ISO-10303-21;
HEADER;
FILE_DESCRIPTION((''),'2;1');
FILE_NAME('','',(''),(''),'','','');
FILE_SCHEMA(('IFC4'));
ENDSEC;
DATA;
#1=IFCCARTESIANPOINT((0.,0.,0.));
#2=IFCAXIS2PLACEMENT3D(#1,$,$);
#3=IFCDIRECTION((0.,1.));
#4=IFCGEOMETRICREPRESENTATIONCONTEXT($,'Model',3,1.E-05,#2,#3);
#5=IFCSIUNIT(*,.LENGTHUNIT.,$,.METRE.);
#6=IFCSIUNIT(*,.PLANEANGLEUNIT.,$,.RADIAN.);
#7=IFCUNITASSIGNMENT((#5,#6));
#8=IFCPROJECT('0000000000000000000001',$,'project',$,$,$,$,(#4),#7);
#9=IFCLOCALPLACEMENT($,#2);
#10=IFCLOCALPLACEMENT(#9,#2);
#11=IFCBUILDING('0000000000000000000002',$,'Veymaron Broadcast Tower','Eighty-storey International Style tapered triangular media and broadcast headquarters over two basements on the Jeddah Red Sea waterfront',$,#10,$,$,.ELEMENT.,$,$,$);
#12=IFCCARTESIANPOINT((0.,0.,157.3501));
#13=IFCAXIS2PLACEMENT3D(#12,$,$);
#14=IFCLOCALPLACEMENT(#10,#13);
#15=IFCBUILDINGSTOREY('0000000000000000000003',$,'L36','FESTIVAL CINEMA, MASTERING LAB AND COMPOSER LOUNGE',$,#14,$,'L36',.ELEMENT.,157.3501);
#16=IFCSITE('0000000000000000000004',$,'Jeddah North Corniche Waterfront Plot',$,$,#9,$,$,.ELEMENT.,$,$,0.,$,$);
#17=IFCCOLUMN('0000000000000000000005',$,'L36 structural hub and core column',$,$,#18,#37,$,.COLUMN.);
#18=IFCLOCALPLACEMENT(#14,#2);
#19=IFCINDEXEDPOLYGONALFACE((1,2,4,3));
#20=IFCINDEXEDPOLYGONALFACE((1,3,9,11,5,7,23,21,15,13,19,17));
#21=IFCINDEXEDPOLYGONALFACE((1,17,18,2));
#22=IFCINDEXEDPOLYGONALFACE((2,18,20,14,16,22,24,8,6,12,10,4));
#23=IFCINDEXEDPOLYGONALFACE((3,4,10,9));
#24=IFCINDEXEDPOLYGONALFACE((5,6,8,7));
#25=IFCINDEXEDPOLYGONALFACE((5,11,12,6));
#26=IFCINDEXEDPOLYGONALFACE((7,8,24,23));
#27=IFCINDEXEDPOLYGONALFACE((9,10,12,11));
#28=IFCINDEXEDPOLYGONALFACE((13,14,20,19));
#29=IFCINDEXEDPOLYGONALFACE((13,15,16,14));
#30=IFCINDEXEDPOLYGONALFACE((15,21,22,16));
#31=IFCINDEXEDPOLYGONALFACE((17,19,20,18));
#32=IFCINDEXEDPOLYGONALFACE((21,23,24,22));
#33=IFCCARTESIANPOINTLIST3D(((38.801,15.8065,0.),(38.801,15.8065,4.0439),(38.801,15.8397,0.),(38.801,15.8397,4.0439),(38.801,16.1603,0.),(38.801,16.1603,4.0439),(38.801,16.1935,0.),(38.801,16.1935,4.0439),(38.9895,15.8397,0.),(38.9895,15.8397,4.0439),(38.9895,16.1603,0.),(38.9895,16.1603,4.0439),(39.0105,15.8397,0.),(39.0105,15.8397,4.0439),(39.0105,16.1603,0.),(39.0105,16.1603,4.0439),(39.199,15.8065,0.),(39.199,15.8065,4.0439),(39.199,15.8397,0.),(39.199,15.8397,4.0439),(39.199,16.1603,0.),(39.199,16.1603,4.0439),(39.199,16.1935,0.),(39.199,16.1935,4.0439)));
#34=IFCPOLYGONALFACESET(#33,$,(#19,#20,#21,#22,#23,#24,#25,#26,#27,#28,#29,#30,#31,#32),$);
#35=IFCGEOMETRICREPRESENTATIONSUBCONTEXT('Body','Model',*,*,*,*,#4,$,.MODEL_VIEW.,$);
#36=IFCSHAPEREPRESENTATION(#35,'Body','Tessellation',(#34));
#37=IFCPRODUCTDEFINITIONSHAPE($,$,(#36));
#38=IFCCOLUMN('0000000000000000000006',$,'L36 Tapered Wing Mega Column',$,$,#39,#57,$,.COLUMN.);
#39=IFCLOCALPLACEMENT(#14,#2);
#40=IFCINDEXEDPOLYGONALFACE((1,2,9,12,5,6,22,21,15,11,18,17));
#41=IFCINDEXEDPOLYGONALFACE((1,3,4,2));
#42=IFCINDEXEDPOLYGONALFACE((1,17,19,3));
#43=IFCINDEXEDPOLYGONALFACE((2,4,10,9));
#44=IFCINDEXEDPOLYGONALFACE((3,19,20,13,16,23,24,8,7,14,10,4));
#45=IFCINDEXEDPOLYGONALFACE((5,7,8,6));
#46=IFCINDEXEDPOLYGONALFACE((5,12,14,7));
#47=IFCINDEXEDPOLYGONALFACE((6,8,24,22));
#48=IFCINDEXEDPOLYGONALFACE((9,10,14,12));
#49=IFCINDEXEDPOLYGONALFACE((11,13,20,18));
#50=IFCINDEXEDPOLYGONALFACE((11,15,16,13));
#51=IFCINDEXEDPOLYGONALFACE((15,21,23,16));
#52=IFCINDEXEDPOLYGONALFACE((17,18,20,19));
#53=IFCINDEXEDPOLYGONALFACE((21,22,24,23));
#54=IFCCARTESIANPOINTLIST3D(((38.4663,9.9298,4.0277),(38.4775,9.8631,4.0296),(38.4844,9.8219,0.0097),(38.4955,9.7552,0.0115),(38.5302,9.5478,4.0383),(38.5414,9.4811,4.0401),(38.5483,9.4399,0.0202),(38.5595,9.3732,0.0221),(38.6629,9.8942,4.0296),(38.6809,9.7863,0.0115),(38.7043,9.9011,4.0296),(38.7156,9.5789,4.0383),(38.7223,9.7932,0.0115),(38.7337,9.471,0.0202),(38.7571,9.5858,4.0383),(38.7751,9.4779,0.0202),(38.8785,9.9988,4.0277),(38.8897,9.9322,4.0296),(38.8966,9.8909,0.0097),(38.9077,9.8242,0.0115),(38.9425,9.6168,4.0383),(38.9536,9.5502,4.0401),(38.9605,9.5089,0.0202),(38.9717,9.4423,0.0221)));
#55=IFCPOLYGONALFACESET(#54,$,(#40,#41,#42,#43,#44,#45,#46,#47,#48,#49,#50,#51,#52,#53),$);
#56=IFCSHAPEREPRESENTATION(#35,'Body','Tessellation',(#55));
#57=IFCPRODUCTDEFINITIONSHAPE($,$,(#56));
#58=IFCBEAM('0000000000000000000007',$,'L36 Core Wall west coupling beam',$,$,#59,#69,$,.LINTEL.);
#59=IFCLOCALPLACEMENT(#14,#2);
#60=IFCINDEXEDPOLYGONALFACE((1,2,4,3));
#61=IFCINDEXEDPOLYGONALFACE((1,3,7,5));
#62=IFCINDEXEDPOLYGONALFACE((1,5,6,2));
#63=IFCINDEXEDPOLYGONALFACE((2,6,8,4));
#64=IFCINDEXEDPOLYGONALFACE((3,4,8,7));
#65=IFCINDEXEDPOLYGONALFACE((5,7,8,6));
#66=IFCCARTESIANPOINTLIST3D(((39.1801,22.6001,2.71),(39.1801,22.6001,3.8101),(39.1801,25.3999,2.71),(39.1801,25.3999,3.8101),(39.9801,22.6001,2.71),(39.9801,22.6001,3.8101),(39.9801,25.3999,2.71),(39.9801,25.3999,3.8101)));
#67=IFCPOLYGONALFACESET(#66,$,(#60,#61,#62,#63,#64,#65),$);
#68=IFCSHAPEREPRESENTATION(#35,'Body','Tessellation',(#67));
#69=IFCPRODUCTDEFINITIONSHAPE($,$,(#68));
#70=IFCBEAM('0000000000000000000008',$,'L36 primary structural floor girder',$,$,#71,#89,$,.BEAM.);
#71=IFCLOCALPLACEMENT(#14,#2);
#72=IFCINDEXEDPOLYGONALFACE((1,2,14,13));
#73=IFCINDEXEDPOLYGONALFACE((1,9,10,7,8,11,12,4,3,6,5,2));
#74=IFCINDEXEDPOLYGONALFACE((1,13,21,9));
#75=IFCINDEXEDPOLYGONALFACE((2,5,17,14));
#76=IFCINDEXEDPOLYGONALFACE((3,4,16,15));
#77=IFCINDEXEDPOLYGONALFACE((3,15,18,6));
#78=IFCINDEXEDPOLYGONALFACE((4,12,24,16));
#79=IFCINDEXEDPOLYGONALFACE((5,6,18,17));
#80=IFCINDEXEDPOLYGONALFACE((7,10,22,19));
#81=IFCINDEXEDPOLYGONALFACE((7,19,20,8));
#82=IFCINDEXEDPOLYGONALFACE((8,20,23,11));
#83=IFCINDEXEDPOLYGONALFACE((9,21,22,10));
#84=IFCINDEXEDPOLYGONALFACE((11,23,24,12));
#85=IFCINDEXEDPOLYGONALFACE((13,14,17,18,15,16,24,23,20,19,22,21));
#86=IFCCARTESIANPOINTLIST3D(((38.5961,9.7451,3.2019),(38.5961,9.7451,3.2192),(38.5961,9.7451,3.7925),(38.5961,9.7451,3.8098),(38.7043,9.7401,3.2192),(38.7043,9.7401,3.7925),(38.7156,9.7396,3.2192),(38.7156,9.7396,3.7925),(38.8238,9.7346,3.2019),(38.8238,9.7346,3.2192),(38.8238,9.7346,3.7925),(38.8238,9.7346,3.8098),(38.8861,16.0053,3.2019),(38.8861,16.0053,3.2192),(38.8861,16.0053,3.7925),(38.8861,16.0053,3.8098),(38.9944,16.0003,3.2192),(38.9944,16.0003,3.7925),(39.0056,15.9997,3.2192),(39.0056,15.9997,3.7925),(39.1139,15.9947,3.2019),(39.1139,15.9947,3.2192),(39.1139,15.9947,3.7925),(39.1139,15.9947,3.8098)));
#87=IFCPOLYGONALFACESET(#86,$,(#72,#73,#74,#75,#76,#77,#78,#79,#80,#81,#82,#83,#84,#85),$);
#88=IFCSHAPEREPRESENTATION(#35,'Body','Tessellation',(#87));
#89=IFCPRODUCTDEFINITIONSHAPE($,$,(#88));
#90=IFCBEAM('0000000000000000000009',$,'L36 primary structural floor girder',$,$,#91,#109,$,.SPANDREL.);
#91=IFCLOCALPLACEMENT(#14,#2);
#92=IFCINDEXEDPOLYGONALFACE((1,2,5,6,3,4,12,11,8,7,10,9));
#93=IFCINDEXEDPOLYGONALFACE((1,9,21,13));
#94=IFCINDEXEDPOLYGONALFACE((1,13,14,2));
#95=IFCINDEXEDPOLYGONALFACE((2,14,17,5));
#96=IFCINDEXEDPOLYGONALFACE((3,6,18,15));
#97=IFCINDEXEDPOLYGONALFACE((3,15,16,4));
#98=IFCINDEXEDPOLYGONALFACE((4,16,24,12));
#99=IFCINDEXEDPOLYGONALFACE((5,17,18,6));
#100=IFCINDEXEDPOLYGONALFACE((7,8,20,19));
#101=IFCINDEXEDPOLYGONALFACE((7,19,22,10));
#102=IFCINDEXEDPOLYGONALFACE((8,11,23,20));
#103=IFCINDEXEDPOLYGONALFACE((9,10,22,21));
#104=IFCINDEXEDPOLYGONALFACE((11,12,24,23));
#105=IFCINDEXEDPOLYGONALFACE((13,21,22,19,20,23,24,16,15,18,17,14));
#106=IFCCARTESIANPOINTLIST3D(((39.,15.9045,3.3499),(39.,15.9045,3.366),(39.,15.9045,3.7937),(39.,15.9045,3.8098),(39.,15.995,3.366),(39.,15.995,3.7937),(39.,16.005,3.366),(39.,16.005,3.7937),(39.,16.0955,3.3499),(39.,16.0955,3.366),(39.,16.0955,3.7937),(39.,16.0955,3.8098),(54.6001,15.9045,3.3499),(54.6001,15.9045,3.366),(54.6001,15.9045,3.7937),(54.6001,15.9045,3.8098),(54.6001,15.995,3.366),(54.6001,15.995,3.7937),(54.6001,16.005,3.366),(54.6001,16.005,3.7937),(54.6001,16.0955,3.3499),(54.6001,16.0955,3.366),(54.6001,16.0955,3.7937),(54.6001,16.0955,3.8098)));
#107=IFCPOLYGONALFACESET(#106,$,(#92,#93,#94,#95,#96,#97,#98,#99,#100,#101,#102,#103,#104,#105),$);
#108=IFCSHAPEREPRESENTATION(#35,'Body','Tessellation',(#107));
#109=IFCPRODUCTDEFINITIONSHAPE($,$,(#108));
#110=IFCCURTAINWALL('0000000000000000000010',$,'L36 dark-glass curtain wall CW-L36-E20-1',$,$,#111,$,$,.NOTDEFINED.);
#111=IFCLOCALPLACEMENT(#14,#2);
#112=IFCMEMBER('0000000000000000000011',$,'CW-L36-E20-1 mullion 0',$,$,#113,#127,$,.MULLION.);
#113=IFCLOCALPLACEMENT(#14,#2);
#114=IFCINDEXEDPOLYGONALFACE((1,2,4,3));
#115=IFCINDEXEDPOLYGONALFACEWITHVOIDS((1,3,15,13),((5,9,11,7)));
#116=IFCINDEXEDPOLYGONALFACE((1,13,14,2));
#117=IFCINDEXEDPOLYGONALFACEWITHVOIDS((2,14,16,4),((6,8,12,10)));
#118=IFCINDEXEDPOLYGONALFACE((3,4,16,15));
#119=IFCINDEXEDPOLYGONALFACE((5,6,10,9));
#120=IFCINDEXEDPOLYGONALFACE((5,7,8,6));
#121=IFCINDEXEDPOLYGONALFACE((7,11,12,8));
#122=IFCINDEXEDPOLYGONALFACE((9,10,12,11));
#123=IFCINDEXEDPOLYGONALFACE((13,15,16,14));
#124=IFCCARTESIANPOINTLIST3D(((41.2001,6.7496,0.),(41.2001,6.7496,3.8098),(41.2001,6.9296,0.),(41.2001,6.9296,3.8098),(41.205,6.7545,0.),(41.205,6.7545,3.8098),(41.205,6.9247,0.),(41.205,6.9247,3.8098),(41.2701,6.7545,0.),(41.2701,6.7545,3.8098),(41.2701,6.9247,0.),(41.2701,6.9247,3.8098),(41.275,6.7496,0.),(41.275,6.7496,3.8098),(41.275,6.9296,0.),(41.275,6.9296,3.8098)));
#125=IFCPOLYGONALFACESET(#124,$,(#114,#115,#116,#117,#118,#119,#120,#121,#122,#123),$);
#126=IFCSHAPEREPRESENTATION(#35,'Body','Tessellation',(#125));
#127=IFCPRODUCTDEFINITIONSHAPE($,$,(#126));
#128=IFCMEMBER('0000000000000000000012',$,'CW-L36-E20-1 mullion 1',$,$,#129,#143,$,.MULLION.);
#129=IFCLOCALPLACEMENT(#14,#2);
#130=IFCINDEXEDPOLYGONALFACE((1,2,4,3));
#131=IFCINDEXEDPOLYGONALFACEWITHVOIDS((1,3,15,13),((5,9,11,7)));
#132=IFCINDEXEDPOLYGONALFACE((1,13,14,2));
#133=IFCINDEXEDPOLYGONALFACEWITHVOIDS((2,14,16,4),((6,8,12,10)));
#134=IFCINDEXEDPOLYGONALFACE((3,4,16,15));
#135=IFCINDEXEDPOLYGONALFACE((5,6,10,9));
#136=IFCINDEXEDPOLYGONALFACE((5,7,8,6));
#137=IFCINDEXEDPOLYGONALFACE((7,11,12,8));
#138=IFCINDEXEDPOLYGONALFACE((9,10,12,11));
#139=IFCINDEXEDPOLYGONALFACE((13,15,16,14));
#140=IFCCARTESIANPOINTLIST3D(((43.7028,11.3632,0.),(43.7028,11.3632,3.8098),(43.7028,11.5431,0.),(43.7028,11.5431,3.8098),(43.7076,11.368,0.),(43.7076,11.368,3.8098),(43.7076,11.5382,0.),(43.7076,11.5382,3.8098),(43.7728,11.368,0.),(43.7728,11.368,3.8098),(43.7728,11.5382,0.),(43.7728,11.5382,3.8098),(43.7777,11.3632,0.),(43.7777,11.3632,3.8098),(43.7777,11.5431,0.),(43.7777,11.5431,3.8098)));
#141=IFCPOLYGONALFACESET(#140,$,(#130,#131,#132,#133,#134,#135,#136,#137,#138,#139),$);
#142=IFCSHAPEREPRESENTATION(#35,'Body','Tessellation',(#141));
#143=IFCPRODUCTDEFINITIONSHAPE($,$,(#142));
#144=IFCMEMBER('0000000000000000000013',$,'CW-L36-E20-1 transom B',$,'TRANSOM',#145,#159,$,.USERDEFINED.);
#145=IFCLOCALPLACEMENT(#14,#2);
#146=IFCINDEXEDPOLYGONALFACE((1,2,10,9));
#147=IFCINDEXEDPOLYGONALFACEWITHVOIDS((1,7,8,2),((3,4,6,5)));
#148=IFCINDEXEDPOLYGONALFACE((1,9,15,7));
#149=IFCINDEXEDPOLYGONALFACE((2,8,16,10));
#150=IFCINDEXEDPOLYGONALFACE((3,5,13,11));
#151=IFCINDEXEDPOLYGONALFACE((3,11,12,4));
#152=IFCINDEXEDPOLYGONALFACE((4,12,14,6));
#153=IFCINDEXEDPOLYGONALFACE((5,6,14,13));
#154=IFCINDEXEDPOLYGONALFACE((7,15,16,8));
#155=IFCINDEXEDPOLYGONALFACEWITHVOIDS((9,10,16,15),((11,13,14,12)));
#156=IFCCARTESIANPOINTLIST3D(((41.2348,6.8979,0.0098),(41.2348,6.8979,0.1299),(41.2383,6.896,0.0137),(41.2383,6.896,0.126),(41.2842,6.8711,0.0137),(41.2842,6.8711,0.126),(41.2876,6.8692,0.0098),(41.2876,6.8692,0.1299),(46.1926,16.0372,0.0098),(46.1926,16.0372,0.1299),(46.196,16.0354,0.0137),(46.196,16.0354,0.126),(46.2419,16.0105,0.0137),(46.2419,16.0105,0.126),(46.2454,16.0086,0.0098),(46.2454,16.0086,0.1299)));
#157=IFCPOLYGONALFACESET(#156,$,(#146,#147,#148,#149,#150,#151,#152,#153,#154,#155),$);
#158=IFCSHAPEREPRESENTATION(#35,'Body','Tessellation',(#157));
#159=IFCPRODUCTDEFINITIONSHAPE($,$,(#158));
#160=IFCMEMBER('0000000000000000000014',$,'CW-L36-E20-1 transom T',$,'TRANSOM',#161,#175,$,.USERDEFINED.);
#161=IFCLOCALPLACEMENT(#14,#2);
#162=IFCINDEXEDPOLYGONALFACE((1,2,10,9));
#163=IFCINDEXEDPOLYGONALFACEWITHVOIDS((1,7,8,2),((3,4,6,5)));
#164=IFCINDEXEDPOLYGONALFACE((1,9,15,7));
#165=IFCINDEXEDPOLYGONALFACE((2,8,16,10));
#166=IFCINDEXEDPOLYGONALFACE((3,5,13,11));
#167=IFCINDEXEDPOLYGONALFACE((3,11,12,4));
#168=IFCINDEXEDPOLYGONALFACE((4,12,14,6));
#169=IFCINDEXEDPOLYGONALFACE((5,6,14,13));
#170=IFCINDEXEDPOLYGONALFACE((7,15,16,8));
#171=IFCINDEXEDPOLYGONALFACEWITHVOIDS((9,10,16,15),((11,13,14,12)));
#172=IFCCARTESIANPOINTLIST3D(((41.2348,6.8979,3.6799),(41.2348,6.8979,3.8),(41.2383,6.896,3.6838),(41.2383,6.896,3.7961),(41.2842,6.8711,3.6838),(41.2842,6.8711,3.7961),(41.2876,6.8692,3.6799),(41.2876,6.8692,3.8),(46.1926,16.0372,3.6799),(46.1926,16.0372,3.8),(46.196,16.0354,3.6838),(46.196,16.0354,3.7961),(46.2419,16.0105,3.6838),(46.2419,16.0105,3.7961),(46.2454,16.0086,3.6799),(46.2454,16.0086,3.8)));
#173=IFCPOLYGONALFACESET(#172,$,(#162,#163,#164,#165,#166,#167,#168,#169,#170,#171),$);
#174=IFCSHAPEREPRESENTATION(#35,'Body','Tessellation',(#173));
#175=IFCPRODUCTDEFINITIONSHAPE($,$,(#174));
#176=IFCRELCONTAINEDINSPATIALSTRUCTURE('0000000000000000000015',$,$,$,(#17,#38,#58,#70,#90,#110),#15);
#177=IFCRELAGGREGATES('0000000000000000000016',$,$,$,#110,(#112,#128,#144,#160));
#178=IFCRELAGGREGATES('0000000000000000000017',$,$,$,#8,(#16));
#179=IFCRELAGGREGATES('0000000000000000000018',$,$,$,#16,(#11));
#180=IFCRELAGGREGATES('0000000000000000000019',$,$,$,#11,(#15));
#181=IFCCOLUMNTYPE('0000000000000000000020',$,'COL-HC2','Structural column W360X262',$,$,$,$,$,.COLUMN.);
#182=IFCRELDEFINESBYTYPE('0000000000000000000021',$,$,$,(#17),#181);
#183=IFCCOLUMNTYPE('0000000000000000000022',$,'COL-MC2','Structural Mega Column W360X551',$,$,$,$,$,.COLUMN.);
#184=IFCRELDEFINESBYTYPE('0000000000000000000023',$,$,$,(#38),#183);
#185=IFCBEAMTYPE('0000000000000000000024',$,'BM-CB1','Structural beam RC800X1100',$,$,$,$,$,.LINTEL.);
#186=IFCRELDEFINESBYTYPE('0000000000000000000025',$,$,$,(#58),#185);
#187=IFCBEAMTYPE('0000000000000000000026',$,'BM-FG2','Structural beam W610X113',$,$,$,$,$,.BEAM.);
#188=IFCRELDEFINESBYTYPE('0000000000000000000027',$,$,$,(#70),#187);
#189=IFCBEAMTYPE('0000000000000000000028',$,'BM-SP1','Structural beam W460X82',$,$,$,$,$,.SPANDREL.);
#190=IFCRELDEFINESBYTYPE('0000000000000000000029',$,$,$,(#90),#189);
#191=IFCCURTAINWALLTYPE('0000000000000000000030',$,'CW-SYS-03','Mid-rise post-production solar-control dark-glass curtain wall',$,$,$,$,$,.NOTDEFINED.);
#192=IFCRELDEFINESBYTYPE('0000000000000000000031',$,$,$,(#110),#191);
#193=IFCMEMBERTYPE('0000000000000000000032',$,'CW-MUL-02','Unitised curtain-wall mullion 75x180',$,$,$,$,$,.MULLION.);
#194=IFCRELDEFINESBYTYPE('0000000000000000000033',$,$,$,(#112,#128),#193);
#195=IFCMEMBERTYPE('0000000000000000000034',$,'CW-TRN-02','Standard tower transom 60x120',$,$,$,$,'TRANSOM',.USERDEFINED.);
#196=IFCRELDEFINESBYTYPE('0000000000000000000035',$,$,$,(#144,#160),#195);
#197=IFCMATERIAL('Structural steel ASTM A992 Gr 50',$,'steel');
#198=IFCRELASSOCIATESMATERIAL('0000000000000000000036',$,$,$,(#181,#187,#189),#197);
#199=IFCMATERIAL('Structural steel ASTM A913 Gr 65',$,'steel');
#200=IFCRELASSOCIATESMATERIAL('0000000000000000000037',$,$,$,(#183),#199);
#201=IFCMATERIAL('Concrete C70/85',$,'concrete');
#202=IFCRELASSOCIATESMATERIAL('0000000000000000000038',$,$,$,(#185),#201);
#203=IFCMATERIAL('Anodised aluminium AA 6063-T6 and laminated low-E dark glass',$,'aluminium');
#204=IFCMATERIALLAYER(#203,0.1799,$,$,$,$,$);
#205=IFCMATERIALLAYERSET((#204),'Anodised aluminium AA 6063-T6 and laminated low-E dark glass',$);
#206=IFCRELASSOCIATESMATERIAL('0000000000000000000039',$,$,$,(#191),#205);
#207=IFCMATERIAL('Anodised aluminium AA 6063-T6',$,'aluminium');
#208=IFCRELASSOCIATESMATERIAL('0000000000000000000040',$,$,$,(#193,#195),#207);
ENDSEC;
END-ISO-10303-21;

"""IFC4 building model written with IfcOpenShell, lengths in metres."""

from ifc_helpers import new_model, si_unit, direction, frame, origin, origin_2d, place, context, subcontext, project, spatial, rectangle, hollow_rectangle, i_section, extrude, material, layer, layer_set, material_profile, profile_set, type_object, element, aggregate, save


model = new_model("IFC4")

# Units and contexts
model_context = context("Model", 3, precision=1e-05, world=origin(), true_north=direction((0.0, 1.0)))
body_context = subcontext(model_context, "Body", "Model", "MODEL_VIEW")
ifc_project = project(units=[si_unit("LENGTHUNIT", "METRE"), si_unit("PLANEANGLEUNIT", "RADIAN")], contexts=[model_context])

# Site, building, storey
site_placement = place(None, origin())
site = spatial("IfcSite", under=ifc_project, at=site_placement, Name="Jeddah North Corniche Waterfront Plot", CompositionType="ELEMENT", RefElevation=0.0)
building_placement = place(site_placement, origin())
building = spatial("IfcBuilding", under=site, at=building_placement, Name="Veymaron Broadcast Tower", Description="Eighty-storey International Style tapered triangular media and broadcast headquarters over two basements on the Jeddah Red Sea waterfront", CompositionType="ELEMENT")
storey_placement = place(building_placement, frame((0.0, 0.0, 157.3501)))
storey = spatial("IfcBuildingStorey", under=building, at=storey_placement, Name="L36", Description="FESTIVAL CINEMA, MASTERING LAB AND COMPOSER LOUNGE", LongName="L36", CompositionType="ELEMENT", Elevation=157.3501)

# Columns
ifc_material_1 = material(Name="Structural steel ASTM A992 Gr 50", Category="steel")
ifc_material_profile_1 = material_profile(ifc_material_1, i_section(OverallWidth=0.3979, OverallDepth=0.387, WebThickness=0.021, FlangeThickness=0.0332, at=origin_2d()), Name="W360X262")
ifc_profile_set_1 = profile_set([ifc_material_profile_1], Name="Structural steel ASTM A992 Gr 50")
column_type_1 = type_object("IfcColumnType", Name="COL-HC2", Description="Structural column W360X262", PredefinedType="COLUMN", material=ifc_profile_set_1)
column_1_placement = place(storey_placement, frame((39.0, 16.0, 0.0), z_axis=(0.0, 0.0, 1.0), x_axis=(1.0, 0.0, 0.0)))
element("IfcColumn", 1, at=column_1_placement, inside=storey, type_object=column_type_1, Name="L36 structural hub and core column", PredefinedType="COLUMN", context=body_context, shape_type="SweptSolid", body=[
    extrude(i_section(OverallWidth=0.3979, OverallDepth=0.387, WebThickness=0.021, FlangeThickness=0.0332, at=origin_2d()), origin(), (0.0, 0.0, 1.0), 4.0439),
])
ifc_material_2 = material(Name="Structural steel ASTM A913 Gr 65", Category="steel")
ifc_material_profile_2 = material_profile(ifc_material_2, i_section(OverallWidth=0.418, OverallDepth=0.4551, WebThickness=0.042, FlangeThickness=0.0676, at=origin_2d()), Name="W360X551")
ifc_profile_set_2 = profile_set([ifc_material_profile_2], Name="Structural steel ASTM A913 Gr 65")
column_type_2 = type_object("IfcColumnType", Name="COL-MC2", Description="Structural Mega Column W360X551", PredefinedType="COLUMN", material=ifc_profile_set_2)
column_2_placement = place(storey_placement, frame((38.728, 9.6321, 0.0159), z_axis=(-0.004495, 0.026846, 0.999629), x_axis=(-0.986273, -0.165123, 0.0)))
element("IfcColumn", 2, at=column_2_placement, inside=storey, type_object=column_type_2, Name="L36 Tapered Wing Mega Column", PredefinedType="COLUMN", context=body_context, shape_type="SweptSolid", body=[
    extrude(i_section(OverallWidth=0.418, OverallDepth=0.4551, WebThickness=0.042, FlangeThickness=0.0676, at=origin_2d()), origin(), (0.0, 0.0, 1.0), 4.0195),
])

# Beams
ifc_material_3 = material(Name="Concrete C70/85", Category="concrete")
ifc_material_profile_3 = material_profile(ifc_material_3, rectangle(XDim=0.8, YDim=1.1001, at=origin_2d()), Name="RC800X1100")
ifc_profile_set_3 = profile_set([ifc_material_profile_3], Name="Concrete C70/85")
beam_type_1 = type_object("IfcBeamType", Name="BM-CB1", Description="Structural beam RC800X1100", PredefinedType="LINTEL", material=ifc_profile_set_3)
beam_1_placement = place(storey_placement, frame((39.5801, 22.6001, 3.26), z_axis=(0.0, 1.0, 0.0), x_axis=(-1.0, 0.0, 0.0)))
element("IfcBeam", 3, at=beam_1_placement, inside=storey, type_object=beam_type_1, Name="L36 Core Wall west coupling beam", PredefinedType="LINTEL", context=body_context, shape_type="SweptSolid", body=[
    extrude(rectangle(XDim=0.8, YDim=1.1001, at=origin_2d()), origin(), (0.0, 0.0, 1.0), 2.7998),
])
ifc_material_profile_4 = material_profile(ifc_material_1, i_section(OverallWidth=0.228, OverallDepth=0.6079, WebThickness=0.0112, FlangeThickness=0.0173, at=origin_2d()), Name="W610X113")
ifc_profile_set_4 = profile_set([ifc_material_profile_4], Name="Structural steel ASTM A992 Gr 50")
beam_type_2 = type_object("IfcBeamType", Name="BM-FG2", Description="Structural beam W610X113", PredefinedType="BEAM", material=ifc_profile_set_4)
beam_2_placement = place(storey_placement, frame((39.0, 16.0, 3.5059), z_axis=(-0.046282, -0.998928, 0.0), x_axis=(0.998928, -0.046282, 0.0)))
element("IfcBeam", 4, at=beam_2_placement, inside=storey, type_object=beam_type_2, Name="L36 primary structural floor girder", PredefinedType="BEAM", context=body_context, shape_type="SweptSolid", body=[
    extrude(i_section(OverallWidth=0.228, OverallDepth=0.6079, WebThickness=0.0112, FlangeThickness=0.0173, at=origin_2d()), origin(), (0.0, 0.0, 1.0), 6.2668),
])
ifc_material_profile_5 = material_profile(ifc_material_1, i_section(OverallWidth=0.1909, OverallDepth=0.46, WebThickness=0.01, FlangeThickness=0.0161, at=origin_2d()), Name="W460X82")
ifc_profile_set_5 = profile_set([ifc_material_profile_5], Name="Structural steel ASTM A992 Gr 50")
beam_type_3 = type_object("IfcBeamType", Name="BM-SP1", Description="Structural beam W460X82", PredefinedType="SPANDREL", material=ifc_profile_set_5)
beam_3_placement = place(storey_placement, frame((39.0, 16.0, 3.5798), z_axis=(1.0, 0.0, 0.0), x_axis=(0.0, 1.0, 0.0)))
element("IfcBeam", 5, at=beam_3_placement, inside=storey, type_object=beam_type_3, Name="L36 primary structural floor girder", PredefinedType="SPANDREL", context=body_context, shape_type="SweptSolid", body=[
    extrude(i_section(OverallWidth=0.1909, OverallDepth=0.46, WebThickness=0.01, FlangeThickness=0.0161, at=origin_2d()), origin(), (0.0, 0.0, 1.0), 15.6001),
])

# Curtain wall, members
ifc_material_4 = material(Name="Anodised aluminium AA 6063-T6 and laminated low-E dark glass", Category="aluminium")
ifc_layer_1 = layer(ifc_material_4, 0.1799)
ifc_layer_set_1 = layer_set([ifc_layer_1], Name="Anodised aluminium AA 6063-T6 and laminated low-E dark glass")
curtain_wall_type = type_object("IfcCurtainWallType", Name="CW-SYS-03", Description="Mid-rise post-production solar-control dark-glass curtain wall", PredefinedType="NOTDEFINED", material=ifc_layer_set_1)
curtain_wall_placement = place(storey_placement, origin())
curtain_wall = element("IfcCurtainWall", 6, at=curtain_wall_placement, inside=storey, type_object=curtain_wall_type, Name="L36 dark-glass curtain wall CW-L36-E20-1", PredefinedType="NOTDEFINED")
ifc_material_5 = material(Name="Anodised aluminium AA 6063-T6", Category="aluminium")
ifc_material_profile_6 = material_profile(ifc_material_5, hollow_rectangle(XDim=0.075, YDim=0.1799, WallThickness=0.0049, at=origin_2d()), Name="AL180X75X5")
ifc_profile_set_6 = profile_set([ifc_material_profile_6], Name="Anodised aluminium AA 6063-T6")
member_type_1 = type_object("IfcMemberType", Name="CW-MUL-02", Description="Unitised curtain-wall mullion 75x180", PredefinedType="MULLION", material=ifc_profile_set_6)
member_1_placement = place(storey_placement, frame((41.2375, 6.8396, 0.0), z_axis=(0.0, 0.0, 1.0), x_axis=(1.0, 0.0, 0.0)))
member_1 = element("IfcMember", 7, at=member_1_placement, type_object=member_type_1, Name="CW-L36-E20-1 mullion 0", PredefinedType="MULLION", context=body_context, shape_type="SweptSolid", body=[
    extrude(hollow_rectangle(XDim=0.075, YDim=0.1799, WallThickness=0.0049, at=origin_2d()), origin(), (0.0, 0.0, 1.0), 3.8098),
])
member_2_placement = place(storey_placement, frame((43.7402, 11.4531, 0.0), z_axis=(0.0, 0.0, 1.0), x_axis=(1.0, 0.0, 0.0)))
member_2 = element("IfcMember", 8, at=member_2_placement, type_object=member_type_1, Name="CW-L36-E20-1 mullion 1", PredefinedType="MULLION", context=body_context, shape_type="SweptSolid", body=[
    extrude(hollow_rectangle(XDim=0.075, YDim=0.1799, WallThickness=0.0049, at=origin_2d()), origin(), (0.0, 0.0, 1.0), 3.8098),
])
ifc_material_profile_7 = material_profile(ifc_material_5, hollow_rectangle(XDim=0.0601, YDim=0.1201, WallThickness=0.0039, at=origin_2d()), Name="AL120X60X4")
ifc_profile_set_7 = profile_set([ifc_material_profile_7], Name="Anodised aluminium AA 6063-T6")
member_type_2 = type_object("IfcMemberType", Name="CW-TRN-02", Description="Standard tower transom 60x120", ElementType="TRANSOM", PredefinedType="USERDEFINED", material=ifc_profile_set_7)
member_3_placement = place(storey_placement, frame((41.2612, 6.8835, 0.0698), z_axis=(0.476822, 0.879, 0.0), x_axis=(-0.879, 0.476822, 0.0)))
member_3 = element("IfcMember", 9, at=member_3_placement, type_object=member_type_2, Name="CW-L36-E20-1 transom B", ObjectType="TRANSOM", PredefinedType="USERDEFINED", context=body_context, shape_type="SweptSolid", body=[
    extrude(hollow_rectangle(XDim=0.0601, YDim=0.1201, WallThickness=0.0039, at=origin_2d()), origin(), (0.0, 0.0, 1.0), 10.3975),
])
member_4_placement = place(storey_placement, frame((41.2612, 6.8835, 3.74), z_axis=(0.476822, 0.879, 0.0), x_axis=(-0.879, 0.476822, 0.0)))
member_4 = element("IfcMember", 10, at=member_4_placement, type_object=member_type_2, Name="CW-L36-E20-1 transom T", ObjectType="TRANSOM", PredefinedType="USERDEFINED", context=body_context, shape_type="SweptSolid", body=[
    extrude(hollow_rectangle(XDim=0.0601, YDim=0.1201, WallThickness=0.0039, at=origin_2d()), origin(), (0.0, 0.0, 1.0), 10.3975),
])
aggregate(curtain_wall, [member_1, member_2, member_3, member_4])

save(model, "model.ifc")
